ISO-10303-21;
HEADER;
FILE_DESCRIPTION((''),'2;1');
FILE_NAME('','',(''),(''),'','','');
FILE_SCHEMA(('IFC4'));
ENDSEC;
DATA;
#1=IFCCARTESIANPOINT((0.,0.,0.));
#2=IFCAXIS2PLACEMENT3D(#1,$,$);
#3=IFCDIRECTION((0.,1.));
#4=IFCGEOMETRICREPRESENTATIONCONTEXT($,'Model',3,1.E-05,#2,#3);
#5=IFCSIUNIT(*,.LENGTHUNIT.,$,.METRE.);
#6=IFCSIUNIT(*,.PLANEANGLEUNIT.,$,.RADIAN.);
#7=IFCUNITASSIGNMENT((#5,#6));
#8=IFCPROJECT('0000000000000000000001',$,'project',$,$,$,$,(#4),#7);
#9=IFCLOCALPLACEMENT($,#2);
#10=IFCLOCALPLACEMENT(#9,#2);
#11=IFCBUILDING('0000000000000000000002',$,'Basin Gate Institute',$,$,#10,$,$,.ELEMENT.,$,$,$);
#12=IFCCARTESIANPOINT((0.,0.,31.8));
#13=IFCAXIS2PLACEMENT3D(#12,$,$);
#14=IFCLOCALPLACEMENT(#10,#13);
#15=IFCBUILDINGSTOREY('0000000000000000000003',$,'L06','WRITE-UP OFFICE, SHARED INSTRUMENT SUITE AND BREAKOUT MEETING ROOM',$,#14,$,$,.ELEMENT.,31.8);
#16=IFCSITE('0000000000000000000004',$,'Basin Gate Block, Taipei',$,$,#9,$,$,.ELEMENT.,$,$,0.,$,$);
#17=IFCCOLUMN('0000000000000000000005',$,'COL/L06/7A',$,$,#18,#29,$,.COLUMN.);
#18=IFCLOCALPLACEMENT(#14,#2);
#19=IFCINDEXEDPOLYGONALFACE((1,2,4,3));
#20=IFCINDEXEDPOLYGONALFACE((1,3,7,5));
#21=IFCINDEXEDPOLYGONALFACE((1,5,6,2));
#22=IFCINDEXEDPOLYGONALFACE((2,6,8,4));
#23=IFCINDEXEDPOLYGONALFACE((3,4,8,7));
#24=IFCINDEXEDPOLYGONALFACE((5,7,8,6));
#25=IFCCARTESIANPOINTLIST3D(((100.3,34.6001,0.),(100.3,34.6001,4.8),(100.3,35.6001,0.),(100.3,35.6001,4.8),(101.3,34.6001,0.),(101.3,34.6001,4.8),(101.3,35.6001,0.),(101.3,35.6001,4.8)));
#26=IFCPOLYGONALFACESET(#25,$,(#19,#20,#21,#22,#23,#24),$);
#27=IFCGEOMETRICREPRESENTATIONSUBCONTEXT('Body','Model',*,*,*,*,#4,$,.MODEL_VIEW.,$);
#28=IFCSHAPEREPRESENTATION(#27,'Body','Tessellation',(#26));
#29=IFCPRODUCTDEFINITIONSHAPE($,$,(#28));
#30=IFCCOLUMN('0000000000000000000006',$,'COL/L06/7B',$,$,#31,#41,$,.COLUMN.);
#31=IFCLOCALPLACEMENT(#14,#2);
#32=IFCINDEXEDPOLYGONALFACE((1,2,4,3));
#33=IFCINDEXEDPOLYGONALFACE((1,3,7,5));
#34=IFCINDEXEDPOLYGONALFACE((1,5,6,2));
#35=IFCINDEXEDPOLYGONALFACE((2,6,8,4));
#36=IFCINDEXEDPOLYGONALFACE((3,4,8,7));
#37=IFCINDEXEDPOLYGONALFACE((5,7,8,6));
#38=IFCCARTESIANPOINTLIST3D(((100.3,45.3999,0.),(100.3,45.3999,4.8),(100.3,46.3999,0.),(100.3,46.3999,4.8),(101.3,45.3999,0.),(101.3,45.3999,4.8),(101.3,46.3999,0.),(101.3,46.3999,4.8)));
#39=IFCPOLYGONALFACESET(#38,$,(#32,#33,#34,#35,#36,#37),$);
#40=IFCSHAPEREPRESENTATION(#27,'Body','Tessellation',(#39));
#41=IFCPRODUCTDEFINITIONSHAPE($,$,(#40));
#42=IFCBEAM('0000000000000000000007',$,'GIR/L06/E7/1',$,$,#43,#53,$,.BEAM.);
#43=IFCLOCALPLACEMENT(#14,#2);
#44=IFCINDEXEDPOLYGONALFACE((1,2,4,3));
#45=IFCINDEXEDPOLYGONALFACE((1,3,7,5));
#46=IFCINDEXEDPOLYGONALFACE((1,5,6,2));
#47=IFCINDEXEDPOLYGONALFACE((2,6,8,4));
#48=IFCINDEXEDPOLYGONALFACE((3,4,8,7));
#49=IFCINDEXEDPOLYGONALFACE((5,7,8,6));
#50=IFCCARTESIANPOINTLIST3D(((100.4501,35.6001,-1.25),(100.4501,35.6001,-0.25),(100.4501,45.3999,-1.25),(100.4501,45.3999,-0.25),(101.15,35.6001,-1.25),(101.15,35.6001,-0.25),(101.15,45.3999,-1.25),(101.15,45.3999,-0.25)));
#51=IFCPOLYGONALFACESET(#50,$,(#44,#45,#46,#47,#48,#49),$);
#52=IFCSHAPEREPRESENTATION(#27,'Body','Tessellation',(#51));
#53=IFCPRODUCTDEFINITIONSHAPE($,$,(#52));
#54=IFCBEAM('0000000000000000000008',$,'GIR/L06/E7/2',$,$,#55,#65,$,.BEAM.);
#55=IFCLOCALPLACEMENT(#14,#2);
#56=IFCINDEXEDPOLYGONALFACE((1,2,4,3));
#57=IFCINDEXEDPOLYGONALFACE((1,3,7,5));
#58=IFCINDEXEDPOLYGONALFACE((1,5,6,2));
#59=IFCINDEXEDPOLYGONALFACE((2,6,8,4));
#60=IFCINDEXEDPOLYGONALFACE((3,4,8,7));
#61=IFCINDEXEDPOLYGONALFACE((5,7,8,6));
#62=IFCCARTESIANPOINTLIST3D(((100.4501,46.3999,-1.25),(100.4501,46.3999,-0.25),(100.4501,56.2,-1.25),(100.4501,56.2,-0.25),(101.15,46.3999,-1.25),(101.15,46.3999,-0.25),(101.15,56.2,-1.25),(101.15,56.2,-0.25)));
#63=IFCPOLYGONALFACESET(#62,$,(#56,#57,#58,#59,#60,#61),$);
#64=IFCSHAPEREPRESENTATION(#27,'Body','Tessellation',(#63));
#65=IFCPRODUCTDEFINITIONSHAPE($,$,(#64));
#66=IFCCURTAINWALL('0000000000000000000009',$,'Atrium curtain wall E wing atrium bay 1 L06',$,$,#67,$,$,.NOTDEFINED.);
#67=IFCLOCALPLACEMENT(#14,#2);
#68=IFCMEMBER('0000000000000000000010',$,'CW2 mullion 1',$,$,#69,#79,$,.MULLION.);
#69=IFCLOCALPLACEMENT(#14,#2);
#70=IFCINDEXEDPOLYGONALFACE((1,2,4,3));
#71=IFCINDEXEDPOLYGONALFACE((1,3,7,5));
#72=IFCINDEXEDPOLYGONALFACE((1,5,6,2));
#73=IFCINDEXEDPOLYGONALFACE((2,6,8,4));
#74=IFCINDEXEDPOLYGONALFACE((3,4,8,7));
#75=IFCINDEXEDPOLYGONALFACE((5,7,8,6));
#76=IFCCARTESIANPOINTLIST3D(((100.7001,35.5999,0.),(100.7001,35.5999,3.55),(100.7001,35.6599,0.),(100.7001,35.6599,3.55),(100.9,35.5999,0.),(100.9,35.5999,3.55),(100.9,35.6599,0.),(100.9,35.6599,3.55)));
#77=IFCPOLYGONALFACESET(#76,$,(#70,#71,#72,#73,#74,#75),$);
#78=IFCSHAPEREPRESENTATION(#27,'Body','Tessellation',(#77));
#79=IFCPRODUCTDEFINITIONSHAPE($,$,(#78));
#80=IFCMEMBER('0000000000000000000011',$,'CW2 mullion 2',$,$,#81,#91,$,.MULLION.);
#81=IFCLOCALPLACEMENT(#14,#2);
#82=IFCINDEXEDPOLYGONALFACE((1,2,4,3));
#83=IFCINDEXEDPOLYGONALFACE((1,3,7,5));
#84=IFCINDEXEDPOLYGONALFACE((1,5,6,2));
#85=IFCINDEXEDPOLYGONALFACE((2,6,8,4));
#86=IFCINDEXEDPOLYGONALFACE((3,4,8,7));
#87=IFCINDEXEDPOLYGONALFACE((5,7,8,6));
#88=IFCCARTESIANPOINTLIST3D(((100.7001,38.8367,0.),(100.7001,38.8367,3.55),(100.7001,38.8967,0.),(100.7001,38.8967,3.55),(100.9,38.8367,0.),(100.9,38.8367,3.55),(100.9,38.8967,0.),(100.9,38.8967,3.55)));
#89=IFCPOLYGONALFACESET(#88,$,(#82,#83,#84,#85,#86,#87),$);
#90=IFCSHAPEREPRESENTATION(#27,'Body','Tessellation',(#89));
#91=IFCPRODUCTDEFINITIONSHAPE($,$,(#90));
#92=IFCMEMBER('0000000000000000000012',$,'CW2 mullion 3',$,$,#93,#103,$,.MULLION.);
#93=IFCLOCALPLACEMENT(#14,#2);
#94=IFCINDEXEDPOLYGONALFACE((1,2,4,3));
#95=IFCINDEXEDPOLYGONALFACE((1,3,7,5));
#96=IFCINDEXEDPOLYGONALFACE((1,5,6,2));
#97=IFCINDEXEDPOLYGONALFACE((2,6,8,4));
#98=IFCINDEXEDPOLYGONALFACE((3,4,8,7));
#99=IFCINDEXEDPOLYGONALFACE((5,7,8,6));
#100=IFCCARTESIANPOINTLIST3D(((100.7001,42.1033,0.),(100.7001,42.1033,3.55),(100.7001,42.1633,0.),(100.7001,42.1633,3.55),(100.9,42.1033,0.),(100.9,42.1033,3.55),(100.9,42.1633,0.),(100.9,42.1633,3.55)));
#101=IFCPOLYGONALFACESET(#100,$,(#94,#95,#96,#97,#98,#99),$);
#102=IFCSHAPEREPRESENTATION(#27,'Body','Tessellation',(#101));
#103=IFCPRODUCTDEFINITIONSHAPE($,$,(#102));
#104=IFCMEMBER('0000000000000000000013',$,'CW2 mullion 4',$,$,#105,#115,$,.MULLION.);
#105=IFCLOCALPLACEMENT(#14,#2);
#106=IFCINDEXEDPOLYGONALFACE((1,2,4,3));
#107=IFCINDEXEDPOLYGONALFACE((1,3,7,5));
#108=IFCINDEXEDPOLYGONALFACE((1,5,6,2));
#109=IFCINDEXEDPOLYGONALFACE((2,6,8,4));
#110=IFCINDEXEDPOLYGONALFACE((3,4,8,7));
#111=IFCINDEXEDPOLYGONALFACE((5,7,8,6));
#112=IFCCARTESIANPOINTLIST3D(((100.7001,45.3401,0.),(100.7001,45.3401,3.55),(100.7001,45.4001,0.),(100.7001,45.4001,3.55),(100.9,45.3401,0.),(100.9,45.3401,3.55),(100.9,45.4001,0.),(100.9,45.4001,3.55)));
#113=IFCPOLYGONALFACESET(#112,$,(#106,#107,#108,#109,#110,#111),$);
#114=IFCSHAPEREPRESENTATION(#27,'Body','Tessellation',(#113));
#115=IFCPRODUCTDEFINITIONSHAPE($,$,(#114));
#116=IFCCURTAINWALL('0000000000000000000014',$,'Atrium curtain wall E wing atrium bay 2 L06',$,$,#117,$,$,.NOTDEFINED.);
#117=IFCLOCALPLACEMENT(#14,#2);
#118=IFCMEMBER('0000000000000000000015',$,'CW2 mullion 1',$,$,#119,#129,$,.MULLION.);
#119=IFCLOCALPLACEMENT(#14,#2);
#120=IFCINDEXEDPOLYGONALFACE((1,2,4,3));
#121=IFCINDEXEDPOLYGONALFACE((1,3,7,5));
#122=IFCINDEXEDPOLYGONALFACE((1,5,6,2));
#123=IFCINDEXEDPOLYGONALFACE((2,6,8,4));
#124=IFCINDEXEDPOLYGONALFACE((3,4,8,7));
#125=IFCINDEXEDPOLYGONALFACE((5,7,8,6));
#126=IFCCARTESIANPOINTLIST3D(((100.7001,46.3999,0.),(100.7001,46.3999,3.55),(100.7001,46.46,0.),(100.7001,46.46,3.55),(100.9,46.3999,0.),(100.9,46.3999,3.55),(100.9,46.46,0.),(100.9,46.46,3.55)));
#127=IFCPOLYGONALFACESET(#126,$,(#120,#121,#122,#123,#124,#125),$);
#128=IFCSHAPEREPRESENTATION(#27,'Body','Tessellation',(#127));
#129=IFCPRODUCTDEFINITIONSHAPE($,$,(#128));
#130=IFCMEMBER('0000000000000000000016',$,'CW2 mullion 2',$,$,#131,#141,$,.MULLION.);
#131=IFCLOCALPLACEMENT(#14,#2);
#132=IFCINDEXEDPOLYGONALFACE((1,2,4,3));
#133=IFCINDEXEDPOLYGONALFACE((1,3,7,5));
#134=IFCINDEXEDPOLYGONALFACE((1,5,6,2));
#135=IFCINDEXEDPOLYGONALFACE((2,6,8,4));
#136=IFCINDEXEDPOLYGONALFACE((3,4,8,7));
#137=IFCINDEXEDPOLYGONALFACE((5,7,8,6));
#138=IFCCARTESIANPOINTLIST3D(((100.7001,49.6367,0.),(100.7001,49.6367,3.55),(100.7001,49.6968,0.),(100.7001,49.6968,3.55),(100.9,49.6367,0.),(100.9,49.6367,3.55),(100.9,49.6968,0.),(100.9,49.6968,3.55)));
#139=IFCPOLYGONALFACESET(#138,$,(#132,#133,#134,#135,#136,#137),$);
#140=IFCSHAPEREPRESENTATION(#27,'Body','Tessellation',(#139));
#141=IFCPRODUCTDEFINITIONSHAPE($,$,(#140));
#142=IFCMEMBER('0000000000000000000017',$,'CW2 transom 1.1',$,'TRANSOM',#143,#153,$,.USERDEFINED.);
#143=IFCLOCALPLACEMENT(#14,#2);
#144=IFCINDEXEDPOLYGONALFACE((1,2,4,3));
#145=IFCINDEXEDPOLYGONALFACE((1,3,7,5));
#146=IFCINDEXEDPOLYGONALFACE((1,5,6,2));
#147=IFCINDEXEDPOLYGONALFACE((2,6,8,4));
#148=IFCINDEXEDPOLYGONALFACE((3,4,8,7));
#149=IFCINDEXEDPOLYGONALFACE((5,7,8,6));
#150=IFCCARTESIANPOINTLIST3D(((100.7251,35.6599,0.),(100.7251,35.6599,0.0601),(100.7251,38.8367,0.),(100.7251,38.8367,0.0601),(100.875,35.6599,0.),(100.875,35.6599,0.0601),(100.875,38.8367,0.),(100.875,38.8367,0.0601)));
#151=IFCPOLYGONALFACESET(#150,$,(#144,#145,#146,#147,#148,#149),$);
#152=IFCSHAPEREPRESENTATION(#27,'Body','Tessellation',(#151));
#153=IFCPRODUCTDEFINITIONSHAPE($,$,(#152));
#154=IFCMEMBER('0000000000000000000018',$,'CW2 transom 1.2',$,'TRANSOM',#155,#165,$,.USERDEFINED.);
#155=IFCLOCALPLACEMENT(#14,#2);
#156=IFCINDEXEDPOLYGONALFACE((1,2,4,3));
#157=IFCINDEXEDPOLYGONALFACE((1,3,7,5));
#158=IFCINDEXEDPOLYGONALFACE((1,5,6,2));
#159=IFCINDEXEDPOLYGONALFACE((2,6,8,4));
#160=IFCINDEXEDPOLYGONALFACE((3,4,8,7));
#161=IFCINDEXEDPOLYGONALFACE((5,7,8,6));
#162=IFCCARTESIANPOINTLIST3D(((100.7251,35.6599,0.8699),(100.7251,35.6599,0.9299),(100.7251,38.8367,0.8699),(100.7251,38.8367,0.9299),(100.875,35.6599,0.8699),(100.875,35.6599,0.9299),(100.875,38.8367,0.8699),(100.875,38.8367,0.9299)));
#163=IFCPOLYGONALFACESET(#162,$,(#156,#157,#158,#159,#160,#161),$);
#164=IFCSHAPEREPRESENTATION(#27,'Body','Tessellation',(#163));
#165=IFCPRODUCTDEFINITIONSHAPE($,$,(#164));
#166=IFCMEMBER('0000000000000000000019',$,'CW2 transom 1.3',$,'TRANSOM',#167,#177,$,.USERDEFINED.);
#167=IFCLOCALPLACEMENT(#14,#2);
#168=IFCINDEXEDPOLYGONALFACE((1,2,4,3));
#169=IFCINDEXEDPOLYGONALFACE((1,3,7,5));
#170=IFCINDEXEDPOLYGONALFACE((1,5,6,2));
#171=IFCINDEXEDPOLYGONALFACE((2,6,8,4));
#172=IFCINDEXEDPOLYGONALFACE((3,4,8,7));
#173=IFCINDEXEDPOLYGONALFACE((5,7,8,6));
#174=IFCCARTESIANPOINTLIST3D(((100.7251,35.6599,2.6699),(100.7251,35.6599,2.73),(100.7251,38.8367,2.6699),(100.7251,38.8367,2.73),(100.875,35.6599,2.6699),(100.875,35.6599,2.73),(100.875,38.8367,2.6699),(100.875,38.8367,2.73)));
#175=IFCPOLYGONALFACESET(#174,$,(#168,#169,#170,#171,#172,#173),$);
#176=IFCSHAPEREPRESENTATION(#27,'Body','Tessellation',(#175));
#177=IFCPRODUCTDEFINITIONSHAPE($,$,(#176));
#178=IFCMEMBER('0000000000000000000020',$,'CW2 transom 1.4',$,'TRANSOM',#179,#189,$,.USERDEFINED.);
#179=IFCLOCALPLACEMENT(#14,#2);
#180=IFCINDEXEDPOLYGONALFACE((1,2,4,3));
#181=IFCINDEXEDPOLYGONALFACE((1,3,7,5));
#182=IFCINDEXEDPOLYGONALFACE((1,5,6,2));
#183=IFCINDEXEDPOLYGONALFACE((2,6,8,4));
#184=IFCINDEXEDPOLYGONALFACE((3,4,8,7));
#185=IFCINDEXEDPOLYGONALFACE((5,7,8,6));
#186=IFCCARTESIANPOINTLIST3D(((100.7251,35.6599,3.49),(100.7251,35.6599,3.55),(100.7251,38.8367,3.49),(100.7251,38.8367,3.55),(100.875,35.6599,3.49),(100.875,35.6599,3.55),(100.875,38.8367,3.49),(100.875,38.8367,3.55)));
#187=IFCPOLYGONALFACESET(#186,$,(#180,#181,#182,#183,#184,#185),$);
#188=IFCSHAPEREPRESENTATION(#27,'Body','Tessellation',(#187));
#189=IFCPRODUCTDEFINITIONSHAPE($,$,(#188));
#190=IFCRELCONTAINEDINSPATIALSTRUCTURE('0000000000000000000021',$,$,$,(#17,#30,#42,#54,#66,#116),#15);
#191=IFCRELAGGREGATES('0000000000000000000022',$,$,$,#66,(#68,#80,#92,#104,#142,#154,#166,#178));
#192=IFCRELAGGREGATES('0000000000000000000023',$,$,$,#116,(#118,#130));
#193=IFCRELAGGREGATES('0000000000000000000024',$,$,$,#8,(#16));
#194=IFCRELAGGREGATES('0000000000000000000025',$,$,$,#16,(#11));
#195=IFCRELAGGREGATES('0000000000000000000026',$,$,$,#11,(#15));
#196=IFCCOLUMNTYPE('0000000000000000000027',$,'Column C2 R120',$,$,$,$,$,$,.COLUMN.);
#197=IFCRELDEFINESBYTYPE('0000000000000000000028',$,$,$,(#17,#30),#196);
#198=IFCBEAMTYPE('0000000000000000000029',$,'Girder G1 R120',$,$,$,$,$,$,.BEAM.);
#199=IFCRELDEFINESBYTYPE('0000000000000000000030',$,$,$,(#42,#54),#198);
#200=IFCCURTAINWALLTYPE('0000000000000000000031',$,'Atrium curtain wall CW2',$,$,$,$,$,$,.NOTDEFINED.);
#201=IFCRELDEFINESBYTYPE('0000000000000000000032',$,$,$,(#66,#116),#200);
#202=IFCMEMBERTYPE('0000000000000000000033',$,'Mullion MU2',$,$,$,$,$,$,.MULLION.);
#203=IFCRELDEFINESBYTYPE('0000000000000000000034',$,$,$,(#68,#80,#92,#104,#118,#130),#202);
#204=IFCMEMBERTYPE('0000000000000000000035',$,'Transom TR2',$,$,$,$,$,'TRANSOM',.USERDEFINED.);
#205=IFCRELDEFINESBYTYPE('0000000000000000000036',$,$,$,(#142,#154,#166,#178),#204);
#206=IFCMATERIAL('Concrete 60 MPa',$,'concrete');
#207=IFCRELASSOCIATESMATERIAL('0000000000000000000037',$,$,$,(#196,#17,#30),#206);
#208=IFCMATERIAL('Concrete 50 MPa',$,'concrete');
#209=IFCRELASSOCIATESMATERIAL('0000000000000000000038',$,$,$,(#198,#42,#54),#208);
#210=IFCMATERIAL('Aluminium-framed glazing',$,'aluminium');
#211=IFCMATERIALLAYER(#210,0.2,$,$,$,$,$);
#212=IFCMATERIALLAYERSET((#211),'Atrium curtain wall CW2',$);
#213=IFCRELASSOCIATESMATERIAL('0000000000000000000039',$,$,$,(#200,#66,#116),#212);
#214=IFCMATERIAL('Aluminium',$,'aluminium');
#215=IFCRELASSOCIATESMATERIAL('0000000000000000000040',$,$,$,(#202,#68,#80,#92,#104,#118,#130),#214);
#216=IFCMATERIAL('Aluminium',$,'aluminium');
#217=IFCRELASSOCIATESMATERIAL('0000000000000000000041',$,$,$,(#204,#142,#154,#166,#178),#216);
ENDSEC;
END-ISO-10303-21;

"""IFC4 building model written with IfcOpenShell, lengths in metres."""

from ifc_helpers import new_model, si_unit, direction, frame, origin, origin_2d, place, context, subcontext, project, spatial, rectangle, extrude, material, layer, layer_set, material_profile, profile_set, type_object, element, aggregate, save


model = new_model("IFC4")

# Units and contexts
model_context = context("Model", 3, precision=1e-05, world=origin(), true_north=direction((0.0, 1.0)))
body_context = subcontext(model_context, "Body", "Model", "MODEL_VIEW")
ifc_project = project(units=[si_unit("LENGTHUNIT", "METRE"), si_unit("PLANEANGLEUNIT", "RADIAN")], contexts=[model_context])

# Site, building, storey
site_placement = place(None, origin())
site = spatial("IfcSite", under=ifc_project, at=site_placement, Name="Basin Gate Block, Taipei", CompositionType="ELEMENT", RefElevation=0.0)
building_placement = place(site_placement, origin())
building = spatial("IfcBuilding", under=site, at=building_placement, Name="Basin Gate Institute", CompositionType="ELEMENT")
storey_placement = place(building_placement, frame((0.0, 0.0, 31.8)))
storey = spatial("IfcBuildingStorey", under=building, at=storey_placement, Name="L06", Description="WRITE-UP OFFICE, SHARED INSTRUMENT SUITE AND BREAKOUT MEETING ROOM", CompositionType="ELEMENT", Elevation=31.8)

# Columns
ifc_material_1 = material(Name="Concrete 60 MPa", Category="concrete")
ifc_material_profile_1 = material_profile(ifc_material_1, rectangle(XDim=1.0, YDim=1.0, at=origin_2d()), Name="Column C2 1000 x 1000")
ifc_profile_set_1 = profile_set([ifc_material_profile_1], Name="Concrete 60 MPa")
column_type = type_object("IfcColumnType", Name="Column C2 R120", PredefinedType="COLUMN", material=ifc_profile_set_1)
for number, where, z_axis, x_axis, name in (
    (1, (100.8, 35.1001, 0.0), (0.0, 0.0, 1.0), (1.0, 0.0, 0.0), "COL/L06/7A"),
    (2, (100.8, 45.8999, 0.0), (0.0, 0.0, 1.0), (1.0, 0.0, 0.0), "COL/L06/7B"),
):
    element("IfcColumn", number, at=place(storey_placement, frame(where, z_axis=z_axis, x_axis=x_axis)), inside=storey, type_object=column_type, material=ifc_profile_set_1, Name=name, PredefinedType="COLUMN", context=body_context, shape_type="SweptSolid", body=[
        extrude(rectangle(XDim=1.0, YDim=1.0, at=origin_2d()), origin(), (0.0, 0.0, 1.0), 4.8),
    ])

# Beams
ifc_material_2 = material(Name="Concrete 50 MPa", Category="concrete")
ifc_material_profile_2 = material_profile(ifc_material_2, rectangle(XDim=0.7, YDim=1.0, at=origin_2d()), Name="Girder G1 700 x 1000")
ifc_profile_set_2 = profile_set([ifc_material_profile_2], Name="Concrete 50 MPa")
beam_type = type_object("IfcBeamType", Name="Girder G1 R120", PredefinedType="BEAM", material=ifc_profile_set_2)
beam_1_placement = place(storey_placement, frame((100.8, 35.6001, -0.75), z_axis=(0.0, 1.0, 0.0), x_axis=(-1.0, 0.0, 0.0)))
element("IfcBeam", 3, at=beam_1_placement, inside=storey, type_object=beam_type, material=ifc_profile_set_2, Name="GIR/L06/E7/1", PredefinedType="BEAM", context=body_context, shape_type="SweptSolid", body=[
    extrude(rectangle(XDim=0.7, YDim=1.0, at=origin_2d()), origin(), (0.0, 0.0, 1.0), 9.7998),
])
beam_2_placement = place(storey_placement, frame((100.8, 46.3999, -0.75), z_axis=(0.0, 1.0, 0.0), x_axis=(-1.0, 0.0, 0.0)))
element("IfcBeam", 4, at=beam_2_placement, inside=storey, type_object=beam_type, material=ifc_profile_set_2, Name="GIR/L06/E7/2", PredefinedType="BEAM", context=body_context, shape_type="SweptSolid", body=[
    extrude(rectangle(XDim=0.7, YDim=1.0, at=origin_2d()), origin(), (0.0, 0.0, 1.0), 9.8),
])

# Curtain walls, members
ifc_material_3 = material(Name="Aluminium-framed glazing", Category="aluminium")
ifc_layer_1 = layer(ifc_material_3, 0.2)
ifc_layer_set_1 = layer_set([ifc_layer_1], Name="Atrium curtain wall CW2")
curtain_wall_type = type_object("IfcCurtainWallType", Name="Atrium curtain wall CW2", PredefinedType="NOTDEFINED", material=ifc_layer_set_1)
curtain_wall_1_placement = place(storey_placement, origin())
curtain_wall_1 = element("IfcCurtainWall", 5, at=curtain_wall_1_placement, inside=storey, type_object=curtain_wall_type, material=ifc_layer_set_1, Name="Atrium curtain wall E wing atrium bay 1 L06", PredefinedType="NOTDEFINED")
ifc_material_4 = material(Name="Aluminium", Category="aluminium")
ifc_material_profile_3 = material_profile(ifc_material_4, rectangle(XDim=0.2, YDim=0.0601, at=origin_2d()), Name="Mullion MU2 200 x 60")
ifc_profile_set_3 = profile_set([ifc_material_profile_3], Name="Aluminium")
member_type_1 = type_object("IfcMemberType", Name="Mullion MU2", PredefinedType="MULLION", material=ifc_profile_set_3)
member_1_placement = place(storey_placement, frame((100.8, 35.6299, 0.0), z_axis=(0.0, 0.0, 1.0), x_axis=(-1.0, 0.0, 0.0)))
member_1 = element("IfcMember", 6, at=member_1_placement, type_object=member_type_1, material=ifc_profile_set_3, Name="CW2 mullion 1", PredefinedType="MULLION", context=body_context, shape_type="SweptSolid", body=[
    extrude(rectangle(XDim=0.2, YDim=0.0601, at=origin_2d()), origin(), (0.0, 0.0, 1.0), 3.55),
])
member_2_placement = place(storey_placement, frame((100.8, 38.8667, 0.0), z_axis=(0.0, 0.0, 1.0), x_axis=(-1.0, 0.0, 0.0)))
member_2 = element("IfcMember", 7, at=member_2_placement, type_object=member_type_1, material=ifc_profile_set_3, Name="CW2 mullion 2", PredefinedType="MULLION", context=body_context, shape_type="SweptSolid", body=[
    extrude(rectangle(XDim=0.2, YDim=0.0601, at=origin_2d()), origin(), (0.0, 0.0, 1.0), 3.55),
])
member_3_placement = place(storey_placement, frame((100.8, 42.1333, 0.0), z_axis=(0.0, 0.0, 1.0), x_axis=(-1.0, 0.0, 0.0)))
member_3 = element("IfcMember", 8, at=member_3_placement, type_object=member_type_1, material=ifc_profile_set_3, Name="CW2 mullion 3", PredefinedType="MULLION", context=body_context, shape_type="SweptSolid", body=[
    extrude(rectangle(XDim=0.2, YDim=0.0601, at=origin_2d()), origin(), (0.0, 0.0, 1.0), 3.55),
])
member_4_placement = place(storey_placement, frame((100.8, 45.3701, 0.0), z_axis=(0.0, 0.0, 1.0), x_axis=(-1.0, 0.0, 0.0)))
member_4 = element("IfcMember", 9, at=member_4_placement, type_object=member_type_1, material=ifc_profile_set_3, Name="CW2 mullion 4", PredefinedType="MULLION", context=body_context, shape_type="SweptSolid", body=[
    extrude(rectangle(XDim=0.2, YDim=0.0601, at=origin_2d()), origin(), (0.0, 0.0, 1.0), 3.55),
])
curtain_wall_2_placement = place(storey_placement, origin())
curtain_wall_2 = element("IfcCurtainWall", 10, at=curtain_wall_2_placement, inside=storey, type_object=curtain_wall_type, material=ifc_layer_set_1, Name="Atrium curtain wall E wing atrium bay 2 L06", PredefinedType="NOTDEFINED")
member_5_placement = place(storey_placement, frame((100.8, 46.4299, 0.0), z_axis=(0.0, 0.0, 1.0), x_axis=(-1.0, 0.0, 0.0)))
member_5 = element("IfcMember", 11, at=member_5_placement, type_object=member_type_1, material=ifc_profile_set_3, Name="CW2 mullion 1", PredefinedType="MULLION", context=body_context, shape_type="SweptSolid", body=[
    extrude(rectangle(XDim=0.2, YDim=0.0601, at=origin_2d()), origin(), (0.0, 0.0, 1.0), 3.55),
])
member_6_placement = place(storey_placement, frame((100.8, 49.6667, 0.0), z_axis=(0.0, 0.0, 1.0), x_axis=(-1.0, 0.0, 0.0)))
member_6 = element("IfcMember", 12, at=member_6_placement, type_object=member_type_1, material=ifc_profile_set_3, Name="CW2 mullion 2", PredefinedType="MULLION", context=body_context, shape_type="SweptSolid", body=[
    extrude(rectangle(XDim=0.2, YDim=0.0601, at=origin_2d()), origin(), (0.0, 0.0, 1.0), 3.55),
])

# Members
ifc_material_5 = material(Name="Aluminium", Category="aluminium")
ifc_material_profile_4 = material_profile(ifc_material_5, rectangle(XDim=0.1499, YDim=0.0601, at=origin_2d()), Name="Transom TR2 150 x 60")
ifc_profile_set_4 = profile_set([ifc_material_profile_4], Name="Aluminium")
member_type_2 = type_object("IfcMemberType", Name="Transom TR2", ElementType="TRANSOM", PredefinedType="USERDEFINED", material=ifc_profile_set_4)
member_7_placement = place(storey_placement, frame((100.8, 35.6599, 0.03), z_axis=(0.0, 1.0, 0.0), x_axis=(-1.0, 0.0, 0.0)))
member_7 = element("IfcMember", 13, at=member_7_placement, type_object=member_type_2, material=ifc_profile_set_4, Name="CW2 transom 1.1", ObjectType="TRANSOM", PredefinedType="USERDEFINED", context=body_context, shape_type="SweptSolid", body=[
    extrude(rectangle(XDim=0.1499, YDim=0.0601, at=origin_2d()), origin(), (0.0, 0.0, 1.0), 3.1768),
])
member_8_placement = place(storey_placement, frame((100.8, 35.6599, 0.8999), z_axis=(0.0, 1.0, 0.0), x_axis=(-1.0, 0.0, 0.0)))
member_8 = element("IfcMember", 14, at=member_8_placement, type_object=member_type_2, material=ifc_profile_set_4, Name="CW2 transom 1.2", ObjectType="TRANSOM", PredefinedType="USERDEFINED", context=body_context, shape_type="SweptSolid", body=[
    extrude(rectangle(XDim=0.1499, YDim=0.0601, at=origin_2d()), origin(), (0.0, 0.0, 1.0), 3.1768),
])
member_9_placement = place(storey_placement, frame((100.8, 35.6599, 2.7), z_axis=(0.0, 1.0, 0.0), x_axis=(-1.0, 0.0, 0.0)))
member_9 = element("IfcMember", 15, at=member_9_placement, type_object=member_type_2, material=ifc_profile_set_4, Name="CW2 transom 1.3", ObjectType="TRANSOM", PredefinedType="USERDEFINED", context=body_context, shape_type="SweptSolid", body=[
    extrude(rectangle(XDim=0.1499, YDim=0.0601, at=origin_2d()), origin(), (0.0, 0.0, 1.0), 3.1768),
])
member_10_placement = place(storey_placement, frame((100.8, 35.6599, 3.52), z_axis=(0.0, 1.0, 0.0), x_axis=(-1.0, 0.0, 0.0)))
member_10 = element("IfcMember", 16, at=member_10_placement, type_object=member_type_2, material=ifc_profile_set_4, Name="CW2 transom 1.4", ObjectType="TRANSOM", PredefinedType="USERDEFINED", context=body_context, shape_type="SweptSolid", body=[
    extrude(rectangle(XDim=0.1499, YDim=0.0601, at=origin_2d()), origin(), (0.0, 0.0, 1.0), 3.1768),
])

aggregate(curtain_wall_1, [member_1, member_2, member_3, member_4, member_7, member_8, member_9, member_10])
aggregate(curtain_wall_2, [member_5, member_6])

save(model, "model.ifc")
